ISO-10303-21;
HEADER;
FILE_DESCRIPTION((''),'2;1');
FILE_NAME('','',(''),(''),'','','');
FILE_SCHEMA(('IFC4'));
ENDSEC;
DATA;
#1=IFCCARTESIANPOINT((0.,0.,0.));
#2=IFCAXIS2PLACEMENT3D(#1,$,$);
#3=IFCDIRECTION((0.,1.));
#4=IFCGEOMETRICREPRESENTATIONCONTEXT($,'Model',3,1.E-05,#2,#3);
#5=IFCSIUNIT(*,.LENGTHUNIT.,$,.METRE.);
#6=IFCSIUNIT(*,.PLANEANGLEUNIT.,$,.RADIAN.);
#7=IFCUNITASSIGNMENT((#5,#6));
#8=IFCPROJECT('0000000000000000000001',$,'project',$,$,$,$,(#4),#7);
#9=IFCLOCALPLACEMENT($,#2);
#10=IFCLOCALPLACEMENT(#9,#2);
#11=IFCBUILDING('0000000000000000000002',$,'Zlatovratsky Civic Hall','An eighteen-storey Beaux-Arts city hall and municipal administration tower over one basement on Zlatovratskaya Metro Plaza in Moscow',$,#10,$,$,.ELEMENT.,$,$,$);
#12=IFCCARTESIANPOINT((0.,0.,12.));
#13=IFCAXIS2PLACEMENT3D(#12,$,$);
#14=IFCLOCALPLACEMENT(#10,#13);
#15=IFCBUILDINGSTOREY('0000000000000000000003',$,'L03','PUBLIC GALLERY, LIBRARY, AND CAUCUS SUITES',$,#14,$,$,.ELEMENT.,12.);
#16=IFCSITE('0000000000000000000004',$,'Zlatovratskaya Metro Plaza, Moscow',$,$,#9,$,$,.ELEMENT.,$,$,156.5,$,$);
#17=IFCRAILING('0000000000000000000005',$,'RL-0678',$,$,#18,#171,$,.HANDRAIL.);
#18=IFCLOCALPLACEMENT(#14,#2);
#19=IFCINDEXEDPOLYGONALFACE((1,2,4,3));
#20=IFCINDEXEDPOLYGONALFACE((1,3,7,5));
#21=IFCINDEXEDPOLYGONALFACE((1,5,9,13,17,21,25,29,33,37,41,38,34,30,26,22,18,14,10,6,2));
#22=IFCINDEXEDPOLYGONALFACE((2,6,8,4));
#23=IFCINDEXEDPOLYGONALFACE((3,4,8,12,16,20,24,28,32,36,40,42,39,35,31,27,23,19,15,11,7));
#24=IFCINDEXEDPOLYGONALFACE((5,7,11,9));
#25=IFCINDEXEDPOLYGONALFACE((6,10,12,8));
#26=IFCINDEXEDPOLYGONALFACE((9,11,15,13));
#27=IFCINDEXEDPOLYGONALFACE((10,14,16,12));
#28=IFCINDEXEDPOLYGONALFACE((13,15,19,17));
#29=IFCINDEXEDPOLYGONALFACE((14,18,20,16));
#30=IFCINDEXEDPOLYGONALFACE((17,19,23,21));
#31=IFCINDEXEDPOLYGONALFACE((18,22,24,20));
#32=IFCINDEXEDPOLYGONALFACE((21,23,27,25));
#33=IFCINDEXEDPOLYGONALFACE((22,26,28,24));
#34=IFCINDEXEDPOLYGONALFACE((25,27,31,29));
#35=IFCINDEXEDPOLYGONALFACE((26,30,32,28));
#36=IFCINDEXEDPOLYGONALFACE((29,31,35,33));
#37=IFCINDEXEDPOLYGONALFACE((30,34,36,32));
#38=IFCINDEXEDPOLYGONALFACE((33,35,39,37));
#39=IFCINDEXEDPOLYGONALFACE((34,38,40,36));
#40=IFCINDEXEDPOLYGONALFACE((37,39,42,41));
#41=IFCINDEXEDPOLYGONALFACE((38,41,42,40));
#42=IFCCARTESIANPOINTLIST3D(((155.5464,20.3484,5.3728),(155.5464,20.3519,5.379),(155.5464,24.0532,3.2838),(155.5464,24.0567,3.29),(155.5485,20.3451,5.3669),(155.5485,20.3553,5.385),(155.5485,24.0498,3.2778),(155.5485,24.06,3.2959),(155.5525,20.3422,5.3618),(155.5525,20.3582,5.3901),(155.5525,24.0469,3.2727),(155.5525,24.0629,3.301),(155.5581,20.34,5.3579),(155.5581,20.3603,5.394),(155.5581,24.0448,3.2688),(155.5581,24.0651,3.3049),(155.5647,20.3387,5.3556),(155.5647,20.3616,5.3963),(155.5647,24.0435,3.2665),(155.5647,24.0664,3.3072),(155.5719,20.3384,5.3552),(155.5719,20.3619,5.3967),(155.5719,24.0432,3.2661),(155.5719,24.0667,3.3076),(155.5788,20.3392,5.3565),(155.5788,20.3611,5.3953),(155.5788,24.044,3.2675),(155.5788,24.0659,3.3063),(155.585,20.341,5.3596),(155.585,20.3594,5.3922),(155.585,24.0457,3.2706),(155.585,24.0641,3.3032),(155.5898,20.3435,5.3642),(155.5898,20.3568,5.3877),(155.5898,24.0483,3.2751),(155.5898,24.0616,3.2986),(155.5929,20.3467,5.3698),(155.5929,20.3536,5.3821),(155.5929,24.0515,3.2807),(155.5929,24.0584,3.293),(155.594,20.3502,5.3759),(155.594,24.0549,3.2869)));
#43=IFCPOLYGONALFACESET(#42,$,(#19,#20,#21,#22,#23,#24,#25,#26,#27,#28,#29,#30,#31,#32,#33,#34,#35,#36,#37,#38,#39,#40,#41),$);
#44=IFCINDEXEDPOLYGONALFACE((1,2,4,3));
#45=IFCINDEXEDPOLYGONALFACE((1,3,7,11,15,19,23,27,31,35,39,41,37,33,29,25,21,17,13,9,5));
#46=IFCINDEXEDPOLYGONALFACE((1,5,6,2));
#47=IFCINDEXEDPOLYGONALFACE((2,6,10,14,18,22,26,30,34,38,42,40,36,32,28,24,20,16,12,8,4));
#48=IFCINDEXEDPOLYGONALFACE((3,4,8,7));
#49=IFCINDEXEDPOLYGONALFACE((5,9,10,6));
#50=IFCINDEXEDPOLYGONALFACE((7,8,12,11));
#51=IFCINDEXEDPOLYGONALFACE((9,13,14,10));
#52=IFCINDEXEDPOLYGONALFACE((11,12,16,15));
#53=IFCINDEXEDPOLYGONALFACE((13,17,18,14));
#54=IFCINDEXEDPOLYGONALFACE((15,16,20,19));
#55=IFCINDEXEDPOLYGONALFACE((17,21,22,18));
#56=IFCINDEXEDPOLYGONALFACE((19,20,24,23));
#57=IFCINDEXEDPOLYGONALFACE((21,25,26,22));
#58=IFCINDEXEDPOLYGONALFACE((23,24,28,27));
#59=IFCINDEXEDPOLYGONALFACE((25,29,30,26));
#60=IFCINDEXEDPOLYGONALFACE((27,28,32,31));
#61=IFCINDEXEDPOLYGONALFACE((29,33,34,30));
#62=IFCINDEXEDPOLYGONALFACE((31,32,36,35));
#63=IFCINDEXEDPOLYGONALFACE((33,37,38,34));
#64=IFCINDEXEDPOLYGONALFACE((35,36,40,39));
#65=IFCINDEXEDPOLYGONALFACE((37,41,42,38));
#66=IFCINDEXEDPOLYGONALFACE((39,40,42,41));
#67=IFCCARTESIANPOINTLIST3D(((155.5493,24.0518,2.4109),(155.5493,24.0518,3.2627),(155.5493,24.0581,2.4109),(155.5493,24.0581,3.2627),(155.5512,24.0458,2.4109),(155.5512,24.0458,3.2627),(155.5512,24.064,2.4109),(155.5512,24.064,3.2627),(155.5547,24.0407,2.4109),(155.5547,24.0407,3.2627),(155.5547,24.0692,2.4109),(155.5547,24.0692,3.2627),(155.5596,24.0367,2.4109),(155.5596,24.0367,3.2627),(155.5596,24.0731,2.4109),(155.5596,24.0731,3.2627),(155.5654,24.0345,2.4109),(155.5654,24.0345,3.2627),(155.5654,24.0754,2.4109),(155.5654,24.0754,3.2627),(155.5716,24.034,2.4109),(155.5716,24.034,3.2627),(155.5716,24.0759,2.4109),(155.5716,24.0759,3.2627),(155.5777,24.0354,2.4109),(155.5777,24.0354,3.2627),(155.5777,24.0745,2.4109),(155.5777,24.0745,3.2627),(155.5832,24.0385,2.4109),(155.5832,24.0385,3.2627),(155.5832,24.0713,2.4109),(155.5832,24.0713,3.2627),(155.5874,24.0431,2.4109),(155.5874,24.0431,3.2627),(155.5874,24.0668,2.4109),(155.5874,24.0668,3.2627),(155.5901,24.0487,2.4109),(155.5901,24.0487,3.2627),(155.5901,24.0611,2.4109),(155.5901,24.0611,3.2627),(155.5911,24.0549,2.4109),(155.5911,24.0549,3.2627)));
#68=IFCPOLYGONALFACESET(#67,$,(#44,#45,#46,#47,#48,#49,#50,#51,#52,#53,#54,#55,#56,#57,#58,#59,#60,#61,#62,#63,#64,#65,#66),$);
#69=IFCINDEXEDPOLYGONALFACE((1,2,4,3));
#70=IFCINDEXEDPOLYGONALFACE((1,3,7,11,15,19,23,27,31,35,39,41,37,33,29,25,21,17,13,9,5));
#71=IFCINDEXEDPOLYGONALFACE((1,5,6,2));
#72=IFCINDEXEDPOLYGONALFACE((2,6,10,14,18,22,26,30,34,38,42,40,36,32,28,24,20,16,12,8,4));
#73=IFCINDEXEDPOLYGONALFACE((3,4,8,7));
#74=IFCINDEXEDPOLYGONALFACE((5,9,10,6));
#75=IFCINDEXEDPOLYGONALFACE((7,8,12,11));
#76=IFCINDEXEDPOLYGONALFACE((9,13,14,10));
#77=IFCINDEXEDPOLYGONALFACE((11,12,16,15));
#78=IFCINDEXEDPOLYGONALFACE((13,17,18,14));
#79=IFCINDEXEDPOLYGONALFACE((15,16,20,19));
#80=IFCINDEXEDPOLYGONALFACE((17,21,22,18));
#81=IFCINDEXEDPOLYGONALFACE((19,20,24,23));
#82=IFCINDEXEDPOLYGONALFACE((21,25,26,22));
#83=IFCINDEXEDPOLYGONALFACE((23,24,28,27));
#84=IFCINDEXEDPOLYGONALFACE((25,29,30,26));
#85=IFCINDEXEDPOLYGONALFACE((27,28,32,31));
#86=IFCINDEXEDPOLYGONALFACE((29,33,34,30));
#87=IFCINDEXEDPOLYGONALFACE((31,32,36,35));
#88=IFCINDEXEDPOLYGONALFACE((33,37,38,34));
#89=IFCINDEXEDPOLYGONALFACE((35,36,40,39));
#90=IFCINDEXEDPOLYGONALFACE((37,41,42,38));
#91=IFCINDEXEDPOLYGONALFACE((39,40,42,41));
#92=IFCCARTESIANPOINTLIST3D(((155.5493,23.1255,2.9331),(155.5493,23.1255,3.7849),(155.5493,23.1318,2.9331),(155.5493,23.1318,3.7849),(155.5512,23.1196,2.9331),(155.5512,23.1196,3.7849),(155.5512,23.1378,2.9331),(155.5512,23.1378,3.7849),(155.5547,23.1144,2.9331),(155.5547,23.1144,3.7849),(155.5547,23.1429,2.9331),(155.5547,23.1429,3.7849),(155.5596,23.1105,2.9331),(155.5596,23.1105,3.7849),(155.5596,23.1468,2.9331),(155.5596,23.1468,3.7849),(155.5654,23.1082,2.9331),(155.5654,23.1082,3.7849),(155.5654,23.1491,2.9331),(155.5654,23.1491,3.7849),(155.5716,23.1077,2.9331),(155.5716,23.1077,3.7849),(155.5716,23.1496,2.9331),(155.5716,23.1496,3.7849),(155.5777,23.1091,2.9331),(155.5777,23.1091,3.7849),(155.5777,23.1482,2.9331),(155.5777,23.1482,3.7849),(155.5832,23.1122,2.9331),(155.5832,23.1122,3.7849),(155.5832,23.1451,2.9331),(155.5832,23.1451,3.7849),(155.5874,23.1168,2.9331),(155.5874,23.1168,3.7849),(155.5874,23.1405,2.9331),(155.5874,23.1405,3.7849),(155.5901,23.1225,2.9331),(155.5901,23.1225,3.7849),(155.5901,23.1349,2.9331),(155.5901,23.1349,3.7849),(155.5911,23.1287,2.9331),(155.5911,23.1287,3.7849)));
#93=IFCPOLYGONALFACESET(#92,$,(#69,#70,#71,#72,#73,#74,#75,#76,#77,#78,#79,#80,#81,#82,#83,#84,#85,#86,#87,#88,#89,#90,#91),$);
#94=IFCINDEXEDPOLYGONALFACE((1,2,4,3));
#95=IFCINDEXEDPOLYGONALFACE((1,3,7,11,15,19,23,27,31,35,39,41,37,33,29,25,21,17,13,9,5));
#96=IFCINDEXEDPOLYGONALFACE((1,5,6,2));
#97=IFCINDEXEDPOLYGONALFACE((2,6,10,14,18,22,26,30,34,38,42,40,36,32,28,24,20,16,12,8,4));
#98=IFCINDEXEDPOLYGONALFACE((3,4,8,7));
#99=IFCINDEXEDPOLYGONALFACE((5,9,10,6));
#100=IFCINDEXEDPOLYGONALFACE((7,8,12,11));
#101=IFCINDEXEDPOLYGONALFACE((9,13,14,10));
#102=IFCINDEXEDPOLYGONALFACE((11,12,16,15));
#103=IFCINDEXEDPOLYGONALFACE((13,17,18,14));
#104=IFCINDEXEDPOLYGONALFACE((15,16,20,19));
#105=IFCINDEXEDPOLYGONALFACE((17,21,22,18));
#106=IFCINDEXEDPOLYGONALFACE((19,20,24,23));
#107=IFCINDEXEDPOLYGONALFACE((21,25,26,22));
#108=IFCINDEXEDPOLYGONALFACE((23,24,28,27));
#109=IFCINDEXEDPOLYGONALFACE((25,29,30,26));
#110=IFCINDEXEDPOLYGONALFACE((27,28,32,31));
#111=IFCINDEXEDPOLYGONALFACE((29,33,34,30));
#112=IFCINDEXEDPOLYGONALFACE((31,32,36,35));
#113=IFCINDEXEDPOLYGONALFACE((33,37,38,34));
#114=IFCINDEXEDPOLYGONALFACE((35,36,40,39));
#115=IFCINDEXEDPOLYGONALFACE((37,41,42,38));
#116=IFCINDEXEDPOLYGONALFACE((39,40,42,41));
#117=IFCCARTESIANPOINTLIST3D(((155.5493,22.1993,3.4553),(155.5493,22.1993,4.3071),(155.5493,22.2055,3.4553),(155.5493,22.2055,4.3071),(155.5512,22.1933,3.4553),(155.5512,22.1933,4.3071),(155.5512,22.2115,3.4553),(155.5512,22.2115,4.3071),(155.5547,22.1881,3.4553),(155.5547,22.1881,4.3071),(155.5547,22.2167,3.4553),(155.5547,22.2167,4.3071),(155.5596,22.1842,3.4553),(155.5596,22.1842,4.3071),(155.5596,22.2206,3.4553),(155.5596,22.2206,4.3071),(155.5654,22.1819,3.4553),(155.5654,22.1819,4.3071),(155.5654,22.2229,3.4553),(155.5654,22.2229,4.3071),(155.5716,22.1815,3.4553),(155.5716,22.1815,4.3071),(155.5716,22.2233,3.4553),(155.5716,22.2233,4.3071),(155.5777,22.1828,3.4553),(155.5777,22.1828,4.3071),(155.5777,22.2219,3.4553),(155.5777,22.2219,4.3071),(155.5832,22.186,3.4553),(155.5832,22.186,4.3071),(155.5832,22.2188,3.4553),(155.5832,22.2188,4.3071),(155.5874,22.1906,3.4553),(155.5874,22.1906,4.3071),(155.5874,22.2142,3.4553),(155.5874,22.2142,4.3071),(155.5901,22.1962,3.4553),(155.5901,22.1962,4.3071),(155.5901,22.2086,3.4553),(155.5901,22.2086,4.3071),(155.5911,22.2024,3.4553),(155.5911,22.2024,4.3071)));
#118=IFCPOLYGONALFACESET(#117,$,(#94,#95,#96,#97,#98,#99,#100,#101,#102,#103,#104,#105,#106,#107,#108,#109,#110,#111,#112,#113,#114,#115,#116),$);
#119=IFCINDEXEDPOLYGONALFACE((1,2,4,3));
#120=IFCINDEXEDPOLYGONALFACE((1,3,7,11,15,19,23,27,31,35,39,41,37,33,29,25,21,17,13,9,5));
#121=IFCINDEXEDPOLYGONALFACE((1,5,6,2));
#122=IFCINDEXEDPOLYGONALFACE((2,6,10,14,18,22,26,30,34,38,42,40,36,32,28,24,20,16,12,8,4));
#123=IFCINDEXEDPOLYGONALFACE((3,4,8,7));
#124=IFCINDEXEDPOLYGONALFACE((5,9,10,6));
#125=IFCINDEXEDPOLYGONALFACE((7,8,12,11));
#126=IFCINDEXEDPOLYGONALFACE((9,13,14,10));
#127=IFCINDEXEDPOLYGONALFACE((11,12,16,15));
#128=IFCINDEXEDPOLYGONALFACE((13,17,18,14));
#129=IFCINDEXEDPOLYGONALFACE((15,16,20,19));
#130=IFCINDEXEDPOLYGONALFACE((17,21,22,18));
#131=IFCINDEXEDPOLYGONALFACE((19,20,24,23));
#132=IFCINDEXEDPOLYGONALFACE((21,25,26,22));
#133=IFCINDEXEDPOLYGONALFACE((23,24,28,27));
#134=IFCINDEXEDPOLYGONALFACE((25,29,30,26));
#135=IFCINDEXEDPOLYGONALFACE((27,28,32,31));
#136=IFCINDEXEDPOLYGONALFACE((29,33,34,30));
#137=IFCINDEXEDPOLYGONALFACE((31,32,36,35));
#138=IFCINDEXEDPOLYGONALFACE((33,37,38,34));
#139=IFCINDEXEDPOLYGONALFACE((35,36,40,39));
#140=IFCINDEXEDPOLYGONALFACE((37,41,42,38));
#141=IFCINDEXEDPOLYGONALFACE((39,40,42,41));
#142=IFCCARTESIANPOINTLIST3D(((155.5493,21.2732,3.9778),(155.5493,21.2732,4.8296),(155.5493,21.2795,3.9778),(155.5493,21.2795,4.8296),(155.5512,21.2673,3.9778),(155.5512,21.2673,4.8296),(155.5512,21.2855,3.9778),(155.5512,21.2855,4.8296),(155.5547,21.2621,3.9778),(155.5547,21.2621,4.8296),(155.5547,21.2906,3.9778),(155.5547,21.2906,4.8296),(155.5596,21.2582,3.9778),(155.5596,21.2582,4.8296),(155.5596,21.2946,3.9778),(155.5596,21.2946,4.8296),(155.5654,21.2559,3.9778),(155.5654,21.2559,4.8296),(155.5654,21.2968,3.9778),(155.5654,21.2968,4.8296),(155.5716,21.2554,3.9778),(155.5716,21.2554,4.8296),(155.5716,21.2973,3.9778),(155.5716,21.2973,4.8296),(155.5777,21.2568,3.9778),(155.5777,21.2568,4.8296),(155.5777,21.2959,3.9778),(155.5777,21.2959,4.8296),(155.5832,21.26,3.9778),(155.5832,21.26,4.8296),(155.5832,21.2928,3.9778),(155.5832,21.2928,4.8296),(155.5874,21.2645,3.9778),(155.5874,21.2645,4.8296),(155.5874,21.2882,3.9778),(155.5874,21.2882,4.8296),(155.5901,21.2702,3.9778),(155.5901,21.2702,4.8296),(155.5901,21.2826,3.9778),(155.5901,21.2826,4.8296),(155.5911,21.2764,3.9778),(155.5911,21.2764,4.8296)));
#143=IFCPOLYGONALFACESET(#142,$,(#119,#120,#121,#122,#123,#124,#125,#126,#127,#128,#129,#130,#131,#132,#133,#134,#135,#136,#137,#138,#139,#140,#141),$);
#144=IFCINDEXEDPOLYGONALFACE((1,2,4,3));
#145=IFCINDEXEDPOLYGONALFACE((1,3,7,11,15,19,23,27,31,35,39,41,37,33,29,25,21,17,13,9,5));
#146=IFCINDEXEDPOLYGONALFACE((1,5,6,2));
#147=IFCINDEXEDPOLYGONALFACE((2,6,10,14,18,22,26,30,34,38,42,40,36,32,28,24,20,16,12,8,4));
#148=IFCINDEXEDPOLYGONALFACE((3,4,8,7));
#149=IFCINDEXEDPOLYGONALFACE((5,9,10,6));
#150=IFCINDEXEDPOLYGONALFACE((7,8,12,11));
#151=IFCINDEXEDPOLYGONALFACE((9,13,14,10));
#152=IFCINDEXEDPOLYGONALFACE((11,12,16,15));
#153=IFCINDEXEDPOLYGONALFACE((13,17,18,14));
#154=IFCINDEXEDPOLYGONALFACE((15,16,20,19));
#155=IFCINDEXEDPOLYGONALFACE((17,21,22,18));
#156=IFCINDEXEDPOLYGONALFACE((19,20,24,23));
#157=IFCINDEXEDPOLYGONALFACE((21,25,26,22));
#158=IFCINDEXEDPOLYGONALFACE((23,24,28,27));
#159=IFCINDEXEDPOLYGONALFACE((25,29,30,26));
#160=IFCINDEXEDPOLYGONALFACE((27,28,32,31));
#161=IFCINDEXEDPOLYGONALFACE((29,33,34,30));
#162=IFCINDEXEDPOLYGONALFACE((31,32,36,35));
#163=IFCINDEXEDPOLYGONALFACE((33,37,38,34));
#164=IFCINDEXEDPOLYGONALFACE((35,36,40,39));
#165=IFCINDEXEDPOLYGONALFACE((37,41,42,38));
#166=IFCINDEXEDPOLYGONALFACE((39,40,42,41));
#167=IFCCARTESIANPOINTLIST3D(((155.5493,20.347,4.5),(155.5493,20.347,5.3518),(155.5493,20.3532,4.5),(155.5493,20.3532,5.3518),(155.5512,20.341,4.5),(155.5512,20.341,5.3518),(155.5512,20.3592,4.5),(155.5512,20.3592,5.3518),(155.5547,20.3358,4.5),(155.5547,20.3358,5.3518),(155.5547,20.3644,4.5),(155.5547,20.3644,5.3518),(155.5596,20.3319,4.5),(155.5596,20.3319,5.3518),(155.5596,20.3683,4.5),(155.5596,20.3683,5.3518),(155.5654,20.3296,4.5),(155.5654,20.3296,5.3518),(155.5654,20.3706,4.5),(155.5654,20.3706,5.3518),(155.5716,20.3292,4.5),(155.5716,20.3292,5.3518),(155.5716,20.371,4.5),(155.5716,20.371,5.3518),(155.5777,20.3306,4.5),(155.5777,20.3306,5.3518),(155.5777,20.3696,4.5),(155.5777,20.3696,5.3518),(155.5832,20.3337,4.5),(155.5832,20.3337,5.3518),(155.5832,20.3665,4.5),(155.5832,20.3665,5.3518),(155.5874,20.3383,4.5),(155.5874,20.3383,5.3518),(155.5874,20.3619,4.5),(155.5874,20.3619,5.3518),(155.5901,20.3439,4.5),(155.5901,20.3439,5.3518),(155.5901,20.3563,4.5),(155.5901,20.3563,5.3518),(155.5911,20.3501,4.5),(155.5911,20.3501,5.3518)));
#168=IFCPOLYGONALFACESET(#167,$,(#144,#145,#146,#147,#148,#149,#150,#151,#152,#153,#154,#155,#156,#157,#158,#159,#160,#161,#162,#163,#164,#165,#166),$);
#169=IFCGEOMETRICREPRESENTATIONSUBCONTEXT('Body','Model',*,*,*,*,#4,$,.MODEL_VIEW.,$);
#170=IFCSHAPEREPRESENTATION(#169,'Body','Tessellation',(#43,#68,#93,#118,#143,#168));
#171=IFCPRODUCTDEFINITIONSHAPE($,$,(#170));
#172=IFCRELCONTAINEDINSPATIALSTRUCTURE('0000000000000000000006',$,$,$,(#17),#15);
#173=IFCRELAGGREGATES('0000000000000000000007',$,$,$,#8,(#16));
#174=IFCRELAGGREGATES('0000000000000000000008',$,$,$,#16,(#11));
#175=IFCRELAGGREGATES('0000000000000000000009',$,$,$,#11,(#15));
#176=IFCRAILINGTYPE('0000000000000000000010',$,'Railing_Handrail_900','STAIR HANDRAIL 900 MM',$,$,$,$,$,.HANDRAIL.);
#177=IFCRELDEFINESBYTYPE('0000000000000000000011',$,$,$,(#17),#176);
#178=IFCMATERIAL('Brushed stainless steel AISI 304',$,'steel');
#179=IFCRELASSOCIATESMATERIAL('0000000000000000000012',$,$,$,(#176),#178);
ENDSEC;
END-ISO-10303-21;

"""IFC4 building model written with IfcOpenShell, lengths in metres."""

from ifc_helpers import new_model, si_unit, direction, frame, origin, origin_2d, place, context, subcontext, project, spatial, circle, extrude, material, type_object, element, save


model = new_model("IFC4")

# Units and contexts
model_context = context("Model", 3, precision=1e-05, world=origin(), true_north=direction((0.0, 1.0)))
body_context = subcontext(model_context, "Body", "Model", "MODEL_VIEW")
ifc_project = project(units=[si_unit("LENGTHUNIT", "METRE"), si_unit("PLANEANGLEUNIT", "RADIAN")], contexts=[model_context])

# Site, building, storey
site_placement = place(None, origin())
site = spatial("IfcSite", under=ifc_project, at=site_placement, Name="Zlatovratskaya Metro Plaza, Moscow", CompositionType="ELEMENT", RefElevation=156.5)
building_placement = place(site_placement, origin())
building = spatial("IfcBuilding", under=site, at=building_placement, Name="Zlatovratsky Civic Hall", Description="An eighteen-storey Beaux-Arts city hall and municipal administration tower over one basement on Zlatovratskaya Metro Plaza in Moscow", CompositionType="ELEMENT")
storey_placement = place(building_placement, frame((0.0, 0.0, 12.0)))
storey = spatial("IfcBuildingStorey", under=building, at=storey_placement, Name="L03", Description="PUBLIC GALLERY, LIBRARY, AND CAUCUS SUITES", CompositionType="ELEMENT", Elevation=12.0)

# Railing
ifc_material_1 = material(Name="Brushed stainless steel AISI 304", Category="steel")
railing_type_1 = type_object("IfcRailingType", Name="Railing_Handrail_900", Description="STAIR HANDRAIL 900 MM", PredefinedType="HANDRAIL", material=ifc_material_1)
railing_1_placement = place(storey_placement, frame((155.5701, 24.0549, 2.4109)))
element("IfcRailing", 1, at=railing_1_placement, inside=storey, type_object=railing_type_1, Name="RL-0678", PredefinedType="HANDRAIL", context=body_context, shape_type="SweptSolid", body=[
    extrude(circle(Radius=0.0239, at=origin_2d()), frame((0.0, 0.0, 0.876), z_axis=(0.0, -0.871058, 0.491179), x_axis=(1.0, 0.0, 0.0)), (0.0, 0.0, 1.0), 4.2532),
    extrude(circle(Radius=0.021, at=origin_2d()), origin(), (0.0, 0.0, 1.0), 0.8518),
    extrude(circle(Radius=0.021, at=origin_2d()), frame((0.0, -0.9263, 0.5222)), (0.0, 0.0, 1.0), 0.8518),
    extrude(circle(Radius=0.021, at=origin_2d()), frame((0.0, -1.8525, 1.0444)), (0.0, 0.0, 1.0), 0.8518),
    extrude(circle(Radius=0.021, at=origin_2d()), frame((0.0, -2.7786, 1.5669)), (0.0, 0.0, 1.0), 0.8518),
    extrude(circle(Radius=0.021, at=origin_2d()), frame((0.0, -3.7048, 2.0891)), (0.0, 0.0, 1.0), 0.8518),
])

save(model, "model.ifc")
